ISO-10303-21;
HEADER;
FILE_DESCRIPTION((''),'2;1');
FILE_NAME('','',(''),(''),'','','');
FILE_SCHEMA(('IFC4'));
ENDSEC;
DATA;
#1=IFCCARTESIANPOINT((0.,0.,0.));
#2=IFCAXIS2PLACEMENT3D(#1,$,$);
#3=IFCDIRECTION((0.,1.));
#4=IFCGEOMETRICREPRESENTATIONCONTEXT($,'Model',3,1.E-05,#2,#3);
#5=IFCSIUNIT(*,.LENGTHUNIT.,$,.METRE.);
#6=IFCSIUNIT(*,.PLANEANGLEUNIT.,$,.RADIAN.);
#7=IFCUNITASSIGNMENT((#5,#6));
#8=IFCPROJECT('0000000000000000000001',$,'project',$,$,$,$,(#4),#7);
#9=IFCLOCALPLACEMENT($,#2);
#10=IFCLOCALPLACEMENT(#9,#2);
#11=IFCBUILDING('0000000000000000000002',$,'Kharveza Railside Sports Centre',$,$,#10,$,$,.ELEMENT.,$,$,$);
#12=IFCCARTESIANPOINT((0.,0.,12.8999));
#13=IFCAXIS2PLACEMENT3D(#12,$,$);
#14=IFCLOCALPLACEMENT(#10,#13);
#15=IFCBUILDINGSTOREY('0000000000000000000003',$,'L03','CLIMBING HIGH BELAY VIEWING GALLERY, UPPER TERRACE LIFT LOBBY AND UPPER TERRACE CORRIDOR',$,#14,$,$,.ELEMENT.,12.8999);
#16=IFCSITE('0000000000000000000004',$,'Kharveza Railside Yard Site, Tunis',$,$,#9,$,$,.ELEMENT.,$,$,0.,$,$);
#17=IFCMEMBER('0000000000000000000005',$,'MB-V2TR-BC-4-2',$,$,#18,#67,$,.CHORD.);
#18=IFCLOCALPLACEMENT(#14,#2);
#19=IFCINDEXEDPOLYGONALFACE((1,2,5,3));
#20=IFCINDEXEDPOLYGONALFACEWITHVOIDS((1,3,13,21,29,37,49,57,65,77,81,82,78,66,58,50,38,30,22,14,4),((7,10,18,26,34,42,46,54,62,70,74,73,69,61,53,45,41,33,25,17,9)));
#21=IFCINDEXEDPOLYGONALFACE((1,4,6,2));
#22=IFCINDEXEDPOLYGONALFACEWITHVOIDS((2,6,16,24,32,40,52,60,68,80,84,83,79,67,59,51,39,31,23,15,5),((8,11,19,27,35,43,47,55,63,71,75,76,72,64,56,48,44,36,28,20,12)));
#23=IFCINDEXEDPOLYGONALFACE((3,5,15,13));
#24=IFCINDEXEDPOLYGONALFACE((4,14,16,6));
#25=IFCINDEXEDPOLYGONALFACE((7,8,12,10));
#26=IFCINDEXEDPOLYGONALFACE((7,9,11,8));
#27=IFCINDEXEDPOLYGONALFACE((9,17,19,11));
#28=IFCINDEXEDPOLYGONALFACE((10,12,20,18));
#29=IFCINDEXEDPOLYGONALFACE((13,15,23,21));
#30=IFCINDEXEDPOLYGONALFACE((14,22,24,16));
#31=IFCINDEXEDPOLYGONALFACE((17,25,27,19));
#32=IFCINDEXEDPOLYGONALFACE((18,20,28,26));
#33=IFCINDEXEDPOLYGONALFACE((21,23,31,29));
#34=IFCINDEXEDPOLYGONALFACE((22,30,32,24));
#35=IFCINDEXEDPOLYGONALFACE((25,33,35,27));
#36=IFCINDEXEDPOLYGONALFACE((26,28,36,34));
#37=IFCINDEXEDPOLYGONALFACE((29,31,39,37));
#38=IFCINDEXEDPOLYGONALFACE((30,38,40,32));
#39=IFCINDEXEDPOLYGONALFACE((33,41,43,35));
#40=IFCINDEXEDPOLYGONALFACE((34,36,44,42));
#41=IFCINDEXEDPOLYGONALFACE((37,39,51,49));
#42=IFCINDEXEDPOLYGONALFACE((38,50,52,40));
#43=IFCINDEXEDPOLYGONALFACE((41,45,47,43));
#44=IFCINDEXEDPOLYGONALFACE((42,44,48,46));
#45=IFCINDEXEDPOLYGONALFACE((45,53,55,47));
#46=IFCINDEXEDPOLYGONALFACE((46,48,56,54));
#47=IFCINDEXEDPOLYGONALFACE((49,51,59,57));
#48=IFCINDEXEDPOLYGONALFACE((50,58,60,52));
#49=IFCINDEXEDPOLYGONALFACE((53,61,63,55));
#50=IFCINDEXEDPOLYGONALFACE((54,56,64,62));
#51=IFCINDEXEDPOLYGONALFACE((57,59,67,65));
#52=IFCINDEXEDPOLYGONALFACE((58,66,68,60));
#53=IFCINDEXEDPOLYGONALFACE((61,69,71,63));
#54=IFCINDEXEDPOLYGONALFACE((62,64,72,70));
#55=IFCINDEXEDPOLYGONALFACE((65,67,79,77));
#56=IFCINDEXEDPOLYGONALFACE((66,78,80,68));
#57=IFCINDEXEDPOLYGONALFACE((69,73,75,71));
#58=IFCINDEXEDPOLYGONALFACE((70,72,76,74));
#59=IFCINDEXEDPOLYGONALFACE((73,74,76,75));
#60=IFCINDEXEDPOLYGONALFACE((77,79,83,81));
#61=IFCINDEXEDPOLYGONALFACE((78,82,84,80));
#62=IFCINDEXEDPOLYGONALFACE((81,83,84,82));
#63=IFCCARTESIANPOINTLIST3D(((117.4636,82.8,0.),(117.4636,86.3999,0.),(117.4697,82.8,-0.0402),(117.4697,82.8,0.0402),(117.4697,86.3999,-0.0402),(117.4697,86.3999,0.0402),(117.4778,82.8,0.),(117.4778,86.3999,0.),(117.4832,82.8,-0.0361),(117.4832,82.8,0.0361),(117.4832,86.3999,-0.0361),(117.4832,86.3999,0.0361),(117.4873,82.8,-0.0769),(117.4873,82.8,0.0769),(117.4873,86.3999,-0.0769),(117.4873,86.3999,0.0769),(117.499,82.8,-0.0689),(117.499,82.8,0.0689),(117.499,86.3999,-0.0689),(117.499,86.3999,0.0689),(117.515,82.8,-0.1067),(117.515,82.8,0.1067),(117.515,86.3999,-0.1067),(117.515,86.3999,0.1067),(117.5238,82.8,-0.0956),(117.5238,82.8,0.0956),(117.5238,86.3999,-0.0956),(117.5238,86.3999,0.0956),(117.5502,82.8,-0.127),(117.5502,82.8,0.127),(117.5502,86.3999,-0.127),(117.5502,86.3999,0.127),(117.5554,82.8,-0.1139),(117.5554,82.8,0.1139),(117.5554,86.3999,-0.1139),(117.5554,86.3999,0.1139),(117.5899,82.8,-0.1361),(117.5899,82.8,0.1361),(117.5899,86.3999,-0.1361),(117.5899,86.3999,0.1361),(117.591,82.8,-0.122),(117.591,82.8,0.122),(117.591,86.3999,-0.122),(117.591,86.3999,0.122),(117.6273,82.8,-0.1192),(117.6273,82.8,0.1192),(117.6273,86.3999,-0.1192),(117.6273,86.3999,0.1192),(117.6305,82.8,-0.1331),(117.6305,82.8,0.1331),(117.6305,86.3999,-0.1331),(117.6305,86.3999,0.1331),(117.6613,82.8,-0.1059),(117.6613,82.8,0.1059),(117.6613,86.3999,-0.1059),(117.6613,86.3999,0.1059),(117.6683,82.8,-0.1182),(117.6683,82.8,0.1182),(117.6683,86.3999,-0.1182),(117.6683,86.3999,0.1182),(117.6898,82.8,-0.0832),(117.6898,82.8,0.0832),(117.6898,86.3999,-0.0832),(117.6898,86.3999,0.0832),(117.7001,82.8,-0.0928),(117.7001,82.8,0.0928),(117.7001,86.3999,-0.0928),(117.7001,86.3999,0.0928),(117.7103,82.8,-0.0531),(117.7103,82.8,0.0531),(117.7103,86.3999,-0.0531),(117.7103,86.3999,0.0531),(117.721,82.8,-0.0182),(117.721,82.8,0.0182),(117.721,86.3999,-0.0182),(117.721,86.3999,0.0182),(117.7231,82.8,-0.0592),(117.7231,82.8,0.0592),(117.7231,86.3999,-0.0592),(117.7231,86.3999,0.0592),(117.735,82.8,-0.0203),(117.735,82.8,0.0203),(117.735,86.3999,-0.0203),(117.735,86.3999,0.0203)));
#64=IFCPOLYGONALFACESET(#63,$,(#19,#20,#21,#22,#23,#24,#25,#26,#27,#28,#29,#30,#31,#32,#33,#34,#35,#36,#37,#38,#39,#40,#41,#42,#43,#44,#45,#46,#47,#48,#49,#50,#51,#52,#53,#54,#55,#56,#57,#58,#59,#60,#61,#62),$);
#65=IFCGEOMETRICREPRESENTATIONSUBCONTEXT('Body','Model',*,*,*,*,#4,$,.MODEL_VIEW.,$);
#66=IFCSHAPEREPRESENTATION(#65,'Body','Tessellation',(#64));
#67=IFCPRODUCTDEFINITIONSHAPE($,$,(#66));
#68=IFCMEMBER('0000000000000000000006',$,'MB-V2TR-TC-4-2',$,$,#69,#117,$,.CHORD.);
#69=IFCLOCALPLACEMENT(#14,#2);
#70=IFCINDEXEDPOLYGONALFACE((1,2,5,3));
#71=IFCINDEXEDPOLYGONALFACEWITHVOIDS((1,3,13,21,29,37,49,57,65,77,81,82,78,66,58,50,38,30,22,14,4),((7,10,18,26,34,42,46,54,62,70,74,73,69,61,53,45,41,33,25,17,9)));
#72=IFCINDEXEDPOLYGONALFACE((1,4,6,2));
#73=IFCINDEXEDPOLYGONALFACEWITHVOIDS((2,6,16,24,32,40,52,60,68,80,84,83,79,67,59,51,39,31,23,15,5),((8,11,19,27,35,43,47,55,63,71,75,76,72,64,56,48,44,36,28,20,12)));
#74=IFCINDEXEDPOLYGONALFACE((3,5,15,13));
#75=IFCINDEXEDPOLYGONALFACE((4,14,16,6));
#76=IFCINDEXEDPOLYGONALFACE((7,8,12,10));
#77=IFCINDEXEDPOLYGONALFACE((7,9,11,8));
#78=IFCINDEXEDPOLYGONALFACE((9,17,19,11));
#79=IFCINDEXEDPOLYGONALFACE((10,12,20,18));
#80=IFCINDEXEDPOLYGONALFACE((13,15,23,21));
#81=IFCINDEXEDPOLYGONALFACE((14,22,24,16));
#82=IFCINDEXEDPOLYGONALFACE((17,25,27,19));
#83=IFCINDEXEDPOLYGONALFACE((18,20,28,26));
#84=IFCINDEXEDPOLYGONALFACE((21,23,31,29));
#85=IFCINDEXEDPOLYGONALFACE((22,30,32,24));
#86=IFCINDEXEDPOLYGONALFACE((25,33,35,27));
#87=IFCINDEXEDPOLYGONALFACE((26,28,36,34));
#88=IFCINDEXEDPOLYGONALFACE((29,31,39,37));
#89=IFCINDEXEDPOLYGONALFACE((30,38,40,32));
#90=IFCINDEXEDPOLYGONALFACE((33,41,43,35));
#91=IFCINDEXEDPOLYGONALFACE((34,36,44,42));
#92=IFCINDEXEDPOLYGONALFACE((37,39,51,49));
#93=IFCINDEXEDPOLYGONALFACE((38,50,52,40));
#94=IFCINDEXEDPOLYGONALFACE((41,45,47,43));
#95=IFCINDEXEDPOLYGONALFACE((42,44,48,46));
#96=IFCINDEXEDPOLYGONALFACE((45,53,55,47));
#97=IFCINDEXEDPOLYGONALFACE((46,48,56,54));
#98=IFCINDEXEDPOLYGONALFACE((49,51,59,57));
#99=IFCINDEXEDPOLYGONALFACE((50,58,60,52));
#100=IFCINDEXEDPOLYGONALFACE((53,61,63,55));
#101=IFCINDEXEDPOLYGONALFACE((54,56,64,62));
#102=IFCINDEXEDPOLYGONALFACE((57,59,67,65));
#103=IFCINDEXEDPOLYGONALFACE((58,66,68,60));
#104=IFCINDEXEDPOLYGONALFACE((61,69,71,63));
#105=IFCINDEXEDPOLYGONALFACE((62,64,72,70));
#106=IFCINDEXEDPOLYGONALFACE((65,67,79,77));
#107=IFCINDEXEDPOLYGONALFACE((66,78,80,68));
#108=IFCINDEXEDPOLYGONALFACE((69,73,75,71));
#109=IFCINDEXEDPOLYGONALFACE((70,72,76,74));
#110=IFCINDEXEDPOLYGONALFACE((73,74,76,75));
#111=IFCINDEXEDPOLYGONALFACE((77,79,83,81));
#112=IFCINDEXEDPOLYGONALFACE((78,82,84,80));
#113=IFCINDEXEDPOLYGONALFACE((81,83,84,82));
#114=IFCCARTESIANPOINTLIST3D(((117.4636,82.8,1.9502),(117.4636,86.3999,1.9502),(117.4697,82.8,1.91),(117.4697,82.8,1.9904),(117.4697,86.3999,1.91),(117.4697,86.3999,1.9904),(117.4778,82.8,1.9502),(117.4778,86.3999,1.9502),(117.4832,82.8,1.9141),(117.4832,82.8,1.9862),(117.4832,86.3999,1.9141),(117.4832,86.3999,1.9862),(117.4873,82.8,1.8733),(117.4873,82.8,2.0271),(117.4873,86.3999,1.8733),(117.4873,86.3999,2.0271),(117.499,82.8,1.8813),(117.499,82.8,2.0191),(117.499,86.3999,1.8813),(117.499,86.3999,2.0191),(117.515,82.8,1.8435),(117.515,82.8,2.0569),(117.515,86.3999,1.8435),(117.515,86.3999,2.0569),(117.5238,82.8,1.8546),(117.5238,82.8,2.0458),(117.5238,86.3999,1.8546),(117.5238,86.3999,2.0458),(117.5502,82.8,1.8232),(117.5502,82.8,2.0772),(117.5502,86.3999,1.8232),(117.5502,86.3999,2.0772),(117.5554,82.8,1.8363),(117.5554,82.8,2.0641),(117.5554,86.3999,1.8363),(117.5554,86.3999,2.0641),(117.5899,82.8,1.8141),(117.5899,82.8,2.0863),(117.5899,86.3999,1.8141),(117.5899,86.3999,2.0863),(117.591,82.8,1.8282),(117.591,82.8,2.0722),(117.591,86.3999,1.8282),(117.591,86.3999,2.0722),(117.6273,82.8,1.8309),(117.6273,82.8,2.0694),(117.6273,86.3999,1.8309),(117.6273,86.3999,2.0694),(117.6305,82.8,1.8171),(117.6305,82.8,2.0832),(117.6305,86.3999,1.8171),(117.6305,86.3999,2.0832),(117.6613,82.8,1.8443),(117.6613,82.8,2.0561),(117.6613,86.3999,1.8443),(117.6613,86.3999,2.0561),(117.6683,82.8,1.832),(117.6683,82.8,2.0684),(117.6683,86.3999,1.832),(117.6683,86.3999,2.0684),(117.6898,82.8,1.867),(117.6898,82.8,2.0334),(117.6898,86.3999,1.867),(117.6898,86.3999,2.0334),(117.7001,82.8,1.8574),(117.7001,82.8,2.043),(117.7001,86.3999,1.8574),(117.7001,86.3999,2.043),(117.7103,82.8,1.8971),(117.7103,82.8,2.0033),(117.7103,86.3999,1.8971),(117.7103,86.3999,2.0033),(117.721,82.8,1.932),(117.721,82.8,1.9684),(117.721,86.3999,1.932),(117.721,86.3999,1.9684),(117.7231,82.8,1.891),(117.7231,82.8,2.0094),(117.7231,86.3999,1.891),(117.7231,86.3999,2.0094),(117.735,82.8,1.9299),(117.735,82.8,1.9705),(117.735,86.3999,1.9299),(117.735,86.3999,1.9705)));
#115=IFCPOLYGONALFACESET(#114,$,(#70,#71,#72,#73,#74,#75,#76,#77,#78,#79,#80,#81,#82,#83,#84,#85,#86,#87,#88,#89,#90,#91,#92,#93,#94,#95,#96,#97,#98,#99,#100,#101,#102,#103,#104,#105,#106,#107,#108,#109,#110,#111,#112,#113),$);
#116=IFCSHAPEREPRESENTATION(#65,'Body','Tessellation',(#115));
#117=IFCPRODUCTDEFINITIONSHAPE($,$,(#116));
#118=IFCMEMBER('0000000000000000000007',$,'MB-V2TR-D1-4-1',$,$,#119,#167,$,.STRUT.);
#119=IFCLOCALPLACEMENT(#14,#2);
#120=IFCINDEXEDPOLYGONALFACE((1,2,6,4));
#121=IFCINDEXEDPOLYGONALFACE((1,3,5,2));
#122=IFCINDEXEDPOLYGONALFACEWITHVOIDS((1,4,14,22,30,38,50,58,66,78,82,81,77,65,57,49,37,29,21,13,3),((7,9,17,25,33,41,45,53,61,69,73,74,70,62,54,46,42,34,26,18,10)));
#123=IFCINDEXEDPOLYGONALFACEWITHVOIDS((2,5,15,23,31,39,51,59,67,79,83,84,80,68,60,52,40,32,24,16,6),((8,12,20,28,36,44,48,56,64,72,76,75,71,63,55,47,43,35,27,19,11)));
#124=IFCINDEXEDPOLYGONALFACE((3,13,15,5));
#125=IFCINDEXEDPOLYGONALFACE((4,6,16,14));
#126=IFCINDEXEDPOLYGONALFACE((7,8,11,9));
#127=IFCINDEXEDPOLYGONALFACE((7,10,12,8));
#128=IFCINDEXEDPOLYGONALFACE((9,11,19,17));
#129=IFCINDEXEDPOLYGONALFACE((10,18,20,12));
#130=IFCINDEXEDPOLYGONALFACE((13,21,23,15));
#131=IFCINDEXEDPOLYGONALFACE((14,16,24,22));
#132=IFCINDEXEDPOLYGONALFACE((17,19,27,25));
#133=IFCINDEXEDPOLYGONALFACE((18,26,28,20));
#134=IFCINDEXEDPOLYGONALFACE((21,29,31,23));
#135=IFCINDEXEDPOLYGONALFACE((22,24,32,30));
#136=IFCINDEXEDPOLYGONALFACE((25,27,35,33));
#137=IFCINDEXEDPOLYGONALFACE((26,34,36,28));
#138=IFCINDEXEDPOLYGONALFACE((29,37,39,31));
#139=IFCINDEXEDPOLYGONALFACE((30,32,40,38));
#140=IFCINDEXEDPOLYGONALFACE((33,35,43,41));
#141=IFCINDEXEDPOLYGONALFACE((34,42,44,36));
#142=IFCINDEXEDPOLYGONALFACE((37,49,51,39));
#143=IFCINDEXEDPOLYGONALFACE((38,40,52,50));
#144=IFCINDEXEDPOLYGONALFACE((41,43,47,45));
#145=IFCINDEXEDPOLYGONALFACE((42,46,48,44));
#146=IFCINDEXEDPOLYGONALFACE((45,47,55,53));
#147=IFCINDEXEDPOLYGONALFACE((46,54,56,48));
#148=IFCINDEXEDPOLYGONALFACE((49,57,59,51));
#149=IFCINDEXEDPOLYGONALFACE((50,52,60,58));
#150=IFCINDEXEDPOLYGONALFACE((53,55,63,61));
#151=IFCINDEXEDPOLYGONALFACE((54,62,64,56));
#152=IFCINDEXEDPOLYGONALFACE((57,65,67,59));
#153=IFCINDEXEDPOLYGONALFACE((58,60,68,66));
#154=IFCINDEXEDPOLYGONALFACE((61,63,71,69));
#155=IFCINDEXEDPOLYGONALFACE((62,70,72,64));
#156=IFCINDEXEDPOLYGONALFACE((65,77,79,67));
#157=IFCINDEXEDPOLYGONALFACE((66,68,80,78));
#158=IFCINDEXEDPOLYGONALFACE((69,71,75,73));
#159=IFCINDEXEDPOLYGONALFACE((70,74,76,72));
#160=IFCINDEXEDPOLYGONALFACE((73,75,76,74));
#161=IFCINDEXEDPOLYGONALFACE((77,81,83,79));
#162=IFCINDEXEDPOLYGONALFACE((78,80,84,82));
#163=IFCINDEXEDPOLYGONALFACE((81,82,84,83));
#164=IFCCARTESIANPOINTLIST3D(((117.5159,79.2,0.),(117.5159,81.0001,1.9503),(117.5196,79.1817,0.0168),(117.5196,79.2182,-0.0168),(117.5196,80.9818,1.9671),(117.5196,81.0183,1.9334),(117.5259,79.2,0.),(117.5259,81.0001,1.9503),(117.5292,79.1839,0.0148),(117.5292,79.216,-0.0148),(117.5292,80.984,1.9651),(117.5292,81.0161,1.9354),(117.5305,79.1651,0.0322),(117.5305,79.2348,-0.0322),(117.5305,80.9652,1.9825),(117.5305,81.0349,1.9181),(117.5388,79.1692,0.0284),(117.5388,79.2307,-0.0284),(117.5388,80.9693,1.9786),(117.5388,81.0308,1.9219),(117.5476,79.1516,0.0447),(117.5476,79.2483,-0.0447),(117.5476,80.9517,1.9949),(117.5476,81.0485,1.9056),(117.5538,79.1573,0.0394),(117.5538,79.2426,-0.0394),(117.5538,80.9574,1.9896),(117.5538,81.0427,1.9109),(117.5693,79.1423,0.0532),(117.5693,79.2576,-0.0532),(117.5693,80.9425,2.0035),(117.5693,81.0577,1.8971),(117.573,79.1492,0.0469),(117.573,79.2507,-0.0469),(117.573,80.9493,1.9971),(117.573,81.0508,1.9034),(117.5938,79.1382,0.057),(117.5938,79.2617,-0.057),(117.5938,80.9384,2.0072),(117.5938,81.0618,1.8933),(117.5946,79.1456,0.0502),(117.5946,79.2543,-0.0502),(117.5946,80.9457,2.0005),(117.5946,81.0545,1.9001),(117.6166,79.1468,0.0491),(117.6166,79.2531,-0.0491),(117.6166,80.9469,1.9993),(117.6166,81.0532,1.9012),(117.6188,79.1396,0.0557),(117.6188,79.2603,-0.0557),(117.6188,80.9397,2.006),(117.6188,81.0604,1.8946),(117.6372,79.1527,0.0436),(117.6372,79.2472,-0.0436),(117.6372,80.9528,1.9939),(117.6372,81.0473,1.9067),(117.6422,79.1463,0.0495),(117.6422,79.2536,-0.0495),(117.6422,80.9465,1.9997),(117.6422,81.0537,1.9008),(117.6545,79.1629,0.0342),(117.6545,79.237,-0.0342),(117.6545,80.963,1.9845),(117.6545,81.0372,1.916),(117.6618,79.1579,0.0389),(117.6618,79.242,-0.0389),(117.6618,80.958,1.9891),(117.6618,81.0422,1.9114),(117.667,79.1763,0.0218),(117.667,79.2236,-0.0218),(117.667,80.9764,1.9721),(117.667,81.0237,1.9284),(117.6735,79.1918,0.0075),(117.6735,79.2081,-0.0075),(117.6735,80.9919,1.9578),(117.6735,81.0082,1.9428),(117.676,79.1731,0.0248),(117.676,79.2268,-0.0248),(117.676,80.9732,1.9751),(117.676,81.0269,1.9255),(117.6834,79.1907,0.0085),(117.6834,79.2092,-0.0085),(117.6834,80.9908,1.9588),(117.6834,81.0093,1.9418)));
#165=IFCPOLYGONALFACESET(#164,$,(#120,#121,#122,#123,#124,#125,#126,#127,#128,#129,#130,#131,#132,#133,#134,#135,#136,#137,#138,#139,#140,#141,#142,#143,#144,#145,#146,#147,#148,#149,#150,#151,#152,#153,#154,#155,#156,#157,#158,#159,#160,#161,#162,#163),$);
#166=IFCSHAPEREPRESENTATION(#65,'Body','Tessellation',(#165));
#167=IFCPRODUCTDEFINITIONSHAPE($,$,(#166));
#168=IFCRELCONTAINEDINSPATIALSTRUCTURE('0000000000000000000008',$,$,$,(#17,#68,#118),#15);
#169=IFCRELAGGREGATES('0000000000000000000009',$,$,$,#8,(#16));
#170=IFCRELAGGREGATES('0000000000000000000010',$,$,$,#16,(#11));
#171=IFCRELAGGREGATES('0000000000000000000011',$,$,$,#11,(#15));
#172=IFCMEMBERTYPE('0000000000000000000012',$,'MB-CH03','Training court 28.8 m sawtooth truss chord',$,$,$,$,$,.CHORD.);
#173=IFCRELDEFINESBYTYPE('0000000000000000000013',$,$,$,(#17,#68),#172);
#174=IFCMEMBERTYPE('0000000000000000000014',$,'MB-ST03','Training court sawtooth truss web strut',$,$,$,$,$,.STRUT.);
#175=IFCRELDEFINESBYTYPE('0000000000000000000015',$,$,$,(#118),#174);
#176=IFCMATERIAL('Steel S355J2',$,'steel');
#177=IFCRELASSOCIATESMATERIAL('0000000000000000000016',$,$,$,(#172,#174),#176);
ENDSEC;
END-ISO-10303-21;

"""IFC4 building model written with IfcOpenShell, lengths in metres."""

from ifc_helpers import new_model, si_unit, direction, frame, origin, origin_2d, place, context, subcontext, project, spatial, hollow_circle, extrude, material, material_profile, profile_set, type_object, element, save


model = new_model("IFC4")

# Units and contexts
model_context = context("Model", 3, precision=1e-05, world=origin(), true_north=direction((0.0, 1.0)))
body_context = subcontext(model_context, "Body", "Model", "MODEL_VIEW")
ifc_project = project(units=[si_unit("LENGTHUNIT", "METRE"), si_unit("PLANEANGLEUNIT", "RADIAN")], contexts=[model_context])

# Site, building, storey
site_placement = place(None, origin())
site = spatial("IfcSite", under=ifc_project, at=site_placement, Name="Kharveza Railside Yard Site, Tunis", CompositionType="ELEMENT", RefElevation=0.0)
building_placement = place(site_placement, origin())
building = spatial("IfcBuilding", under=site, at=building_placement, Name="Kharveza Railside Sports Centre", CompositionType="ELEMENT")
storey_placement = place(building_placement, frame((0.0, 0.0, 12.8999)))
storey = spatial("IfcBuildingStorey", under=building, at=storey_placement, Name="L03", Description="CLIMBING HIGH BELAY VIEWING GALLERY, UPPER TERRACE LIFT LOBBY AND UPPER TERRACE CORRIDOR", CompositionType="ELEMENT", Elevation=12.8999)

# Shared definitions
ifc_material_1 = material(Name="Steel S355J2", Category="steel")

# Members
ifc_material_profile_1 = material_profile(ifc_material_1, hollow_circle(Radius=0.1365, WallThickness=0.0142, at=origin_2d()), Name="CHS 273.0x14.2")
ifc_profile_set_1 = profile_set([ifc_material_profile_1], Name="Steel S355J2")
member_type_1 = type_object("IfcMemberType", Name="MB-CH03", Description="Training court 28.8 m sawtooth truss chord", PredefinedType="CHORD", material=ifc_profile_set_1)
for number, where, z_axis, x_axis, name in (
    (1, (117.6001, 82.8, 0.0), (0.0, 1.0, 0.0), (-1.0, 0.0, 0.0), "MB-V2TR-BC-4-2"),
    (2, (117.6001, 82.8, 1.9502), (0.0, 1.0, 0.0), (-1.0, 0.0, 0.0), "MB-V2TR-TC-4-2"),
):
    element("IfcMember", number, at=place(storey_placement, frame(where, z_axis=z_axis, x_axis=x_axis)), inside=storey, type_object=member_type_1, Name=name, PredefinedType="CHORD", context=body_context, shape_type="SweptSolid", body=[
        extrude(hollow_circle(Radius=0.1365, WallThickness=0.0142, at=origin_2d()), origin(), (0.0, 0.0, 1.0), 3.5999),
    ])
ifc_material_profile_2 = material_profile(ifc_material_1, hollow_circle(Radius=0.0842, WallThickness=0.01, at=origin_2d()), Name="CHS 168.3x10.0")
ifc_profile_set_2 = profile_set([ifc_material_profile_2], Name="Steel S355J2")
member_type_2 = type_object("IfcMemberType", Name="MB-ST03", Description="Training court sawtooth truss web strut", PredefinedType="STRUT", material=ifc_profile_set_2)
for number, where, z_axis, x_axis, name in (
    (3, (117.6001, 79.2, 0.0), (0.0, 0.678253, 0.734828), (-1.0, 0.0, 0.0), "MB-V2TR-D1-4-1"),
):
    element("IfcMember", number, at=place(storey_placement, frame(where, z_axis=z_axis, x_axis=x_axis)), inside=storey, type_object=member_type_2, Name=name, PredefinedType="STRUT", context=body_context, shape_type="SweptSolid", body=[
        extrude(hollow_circle(Radius=0.0842, WallThickness=0.01, at=origin_2d()), origin(), (0.0, 0.0, 1.0), 2.6541),
    ])

save(model, "model.ifc")
